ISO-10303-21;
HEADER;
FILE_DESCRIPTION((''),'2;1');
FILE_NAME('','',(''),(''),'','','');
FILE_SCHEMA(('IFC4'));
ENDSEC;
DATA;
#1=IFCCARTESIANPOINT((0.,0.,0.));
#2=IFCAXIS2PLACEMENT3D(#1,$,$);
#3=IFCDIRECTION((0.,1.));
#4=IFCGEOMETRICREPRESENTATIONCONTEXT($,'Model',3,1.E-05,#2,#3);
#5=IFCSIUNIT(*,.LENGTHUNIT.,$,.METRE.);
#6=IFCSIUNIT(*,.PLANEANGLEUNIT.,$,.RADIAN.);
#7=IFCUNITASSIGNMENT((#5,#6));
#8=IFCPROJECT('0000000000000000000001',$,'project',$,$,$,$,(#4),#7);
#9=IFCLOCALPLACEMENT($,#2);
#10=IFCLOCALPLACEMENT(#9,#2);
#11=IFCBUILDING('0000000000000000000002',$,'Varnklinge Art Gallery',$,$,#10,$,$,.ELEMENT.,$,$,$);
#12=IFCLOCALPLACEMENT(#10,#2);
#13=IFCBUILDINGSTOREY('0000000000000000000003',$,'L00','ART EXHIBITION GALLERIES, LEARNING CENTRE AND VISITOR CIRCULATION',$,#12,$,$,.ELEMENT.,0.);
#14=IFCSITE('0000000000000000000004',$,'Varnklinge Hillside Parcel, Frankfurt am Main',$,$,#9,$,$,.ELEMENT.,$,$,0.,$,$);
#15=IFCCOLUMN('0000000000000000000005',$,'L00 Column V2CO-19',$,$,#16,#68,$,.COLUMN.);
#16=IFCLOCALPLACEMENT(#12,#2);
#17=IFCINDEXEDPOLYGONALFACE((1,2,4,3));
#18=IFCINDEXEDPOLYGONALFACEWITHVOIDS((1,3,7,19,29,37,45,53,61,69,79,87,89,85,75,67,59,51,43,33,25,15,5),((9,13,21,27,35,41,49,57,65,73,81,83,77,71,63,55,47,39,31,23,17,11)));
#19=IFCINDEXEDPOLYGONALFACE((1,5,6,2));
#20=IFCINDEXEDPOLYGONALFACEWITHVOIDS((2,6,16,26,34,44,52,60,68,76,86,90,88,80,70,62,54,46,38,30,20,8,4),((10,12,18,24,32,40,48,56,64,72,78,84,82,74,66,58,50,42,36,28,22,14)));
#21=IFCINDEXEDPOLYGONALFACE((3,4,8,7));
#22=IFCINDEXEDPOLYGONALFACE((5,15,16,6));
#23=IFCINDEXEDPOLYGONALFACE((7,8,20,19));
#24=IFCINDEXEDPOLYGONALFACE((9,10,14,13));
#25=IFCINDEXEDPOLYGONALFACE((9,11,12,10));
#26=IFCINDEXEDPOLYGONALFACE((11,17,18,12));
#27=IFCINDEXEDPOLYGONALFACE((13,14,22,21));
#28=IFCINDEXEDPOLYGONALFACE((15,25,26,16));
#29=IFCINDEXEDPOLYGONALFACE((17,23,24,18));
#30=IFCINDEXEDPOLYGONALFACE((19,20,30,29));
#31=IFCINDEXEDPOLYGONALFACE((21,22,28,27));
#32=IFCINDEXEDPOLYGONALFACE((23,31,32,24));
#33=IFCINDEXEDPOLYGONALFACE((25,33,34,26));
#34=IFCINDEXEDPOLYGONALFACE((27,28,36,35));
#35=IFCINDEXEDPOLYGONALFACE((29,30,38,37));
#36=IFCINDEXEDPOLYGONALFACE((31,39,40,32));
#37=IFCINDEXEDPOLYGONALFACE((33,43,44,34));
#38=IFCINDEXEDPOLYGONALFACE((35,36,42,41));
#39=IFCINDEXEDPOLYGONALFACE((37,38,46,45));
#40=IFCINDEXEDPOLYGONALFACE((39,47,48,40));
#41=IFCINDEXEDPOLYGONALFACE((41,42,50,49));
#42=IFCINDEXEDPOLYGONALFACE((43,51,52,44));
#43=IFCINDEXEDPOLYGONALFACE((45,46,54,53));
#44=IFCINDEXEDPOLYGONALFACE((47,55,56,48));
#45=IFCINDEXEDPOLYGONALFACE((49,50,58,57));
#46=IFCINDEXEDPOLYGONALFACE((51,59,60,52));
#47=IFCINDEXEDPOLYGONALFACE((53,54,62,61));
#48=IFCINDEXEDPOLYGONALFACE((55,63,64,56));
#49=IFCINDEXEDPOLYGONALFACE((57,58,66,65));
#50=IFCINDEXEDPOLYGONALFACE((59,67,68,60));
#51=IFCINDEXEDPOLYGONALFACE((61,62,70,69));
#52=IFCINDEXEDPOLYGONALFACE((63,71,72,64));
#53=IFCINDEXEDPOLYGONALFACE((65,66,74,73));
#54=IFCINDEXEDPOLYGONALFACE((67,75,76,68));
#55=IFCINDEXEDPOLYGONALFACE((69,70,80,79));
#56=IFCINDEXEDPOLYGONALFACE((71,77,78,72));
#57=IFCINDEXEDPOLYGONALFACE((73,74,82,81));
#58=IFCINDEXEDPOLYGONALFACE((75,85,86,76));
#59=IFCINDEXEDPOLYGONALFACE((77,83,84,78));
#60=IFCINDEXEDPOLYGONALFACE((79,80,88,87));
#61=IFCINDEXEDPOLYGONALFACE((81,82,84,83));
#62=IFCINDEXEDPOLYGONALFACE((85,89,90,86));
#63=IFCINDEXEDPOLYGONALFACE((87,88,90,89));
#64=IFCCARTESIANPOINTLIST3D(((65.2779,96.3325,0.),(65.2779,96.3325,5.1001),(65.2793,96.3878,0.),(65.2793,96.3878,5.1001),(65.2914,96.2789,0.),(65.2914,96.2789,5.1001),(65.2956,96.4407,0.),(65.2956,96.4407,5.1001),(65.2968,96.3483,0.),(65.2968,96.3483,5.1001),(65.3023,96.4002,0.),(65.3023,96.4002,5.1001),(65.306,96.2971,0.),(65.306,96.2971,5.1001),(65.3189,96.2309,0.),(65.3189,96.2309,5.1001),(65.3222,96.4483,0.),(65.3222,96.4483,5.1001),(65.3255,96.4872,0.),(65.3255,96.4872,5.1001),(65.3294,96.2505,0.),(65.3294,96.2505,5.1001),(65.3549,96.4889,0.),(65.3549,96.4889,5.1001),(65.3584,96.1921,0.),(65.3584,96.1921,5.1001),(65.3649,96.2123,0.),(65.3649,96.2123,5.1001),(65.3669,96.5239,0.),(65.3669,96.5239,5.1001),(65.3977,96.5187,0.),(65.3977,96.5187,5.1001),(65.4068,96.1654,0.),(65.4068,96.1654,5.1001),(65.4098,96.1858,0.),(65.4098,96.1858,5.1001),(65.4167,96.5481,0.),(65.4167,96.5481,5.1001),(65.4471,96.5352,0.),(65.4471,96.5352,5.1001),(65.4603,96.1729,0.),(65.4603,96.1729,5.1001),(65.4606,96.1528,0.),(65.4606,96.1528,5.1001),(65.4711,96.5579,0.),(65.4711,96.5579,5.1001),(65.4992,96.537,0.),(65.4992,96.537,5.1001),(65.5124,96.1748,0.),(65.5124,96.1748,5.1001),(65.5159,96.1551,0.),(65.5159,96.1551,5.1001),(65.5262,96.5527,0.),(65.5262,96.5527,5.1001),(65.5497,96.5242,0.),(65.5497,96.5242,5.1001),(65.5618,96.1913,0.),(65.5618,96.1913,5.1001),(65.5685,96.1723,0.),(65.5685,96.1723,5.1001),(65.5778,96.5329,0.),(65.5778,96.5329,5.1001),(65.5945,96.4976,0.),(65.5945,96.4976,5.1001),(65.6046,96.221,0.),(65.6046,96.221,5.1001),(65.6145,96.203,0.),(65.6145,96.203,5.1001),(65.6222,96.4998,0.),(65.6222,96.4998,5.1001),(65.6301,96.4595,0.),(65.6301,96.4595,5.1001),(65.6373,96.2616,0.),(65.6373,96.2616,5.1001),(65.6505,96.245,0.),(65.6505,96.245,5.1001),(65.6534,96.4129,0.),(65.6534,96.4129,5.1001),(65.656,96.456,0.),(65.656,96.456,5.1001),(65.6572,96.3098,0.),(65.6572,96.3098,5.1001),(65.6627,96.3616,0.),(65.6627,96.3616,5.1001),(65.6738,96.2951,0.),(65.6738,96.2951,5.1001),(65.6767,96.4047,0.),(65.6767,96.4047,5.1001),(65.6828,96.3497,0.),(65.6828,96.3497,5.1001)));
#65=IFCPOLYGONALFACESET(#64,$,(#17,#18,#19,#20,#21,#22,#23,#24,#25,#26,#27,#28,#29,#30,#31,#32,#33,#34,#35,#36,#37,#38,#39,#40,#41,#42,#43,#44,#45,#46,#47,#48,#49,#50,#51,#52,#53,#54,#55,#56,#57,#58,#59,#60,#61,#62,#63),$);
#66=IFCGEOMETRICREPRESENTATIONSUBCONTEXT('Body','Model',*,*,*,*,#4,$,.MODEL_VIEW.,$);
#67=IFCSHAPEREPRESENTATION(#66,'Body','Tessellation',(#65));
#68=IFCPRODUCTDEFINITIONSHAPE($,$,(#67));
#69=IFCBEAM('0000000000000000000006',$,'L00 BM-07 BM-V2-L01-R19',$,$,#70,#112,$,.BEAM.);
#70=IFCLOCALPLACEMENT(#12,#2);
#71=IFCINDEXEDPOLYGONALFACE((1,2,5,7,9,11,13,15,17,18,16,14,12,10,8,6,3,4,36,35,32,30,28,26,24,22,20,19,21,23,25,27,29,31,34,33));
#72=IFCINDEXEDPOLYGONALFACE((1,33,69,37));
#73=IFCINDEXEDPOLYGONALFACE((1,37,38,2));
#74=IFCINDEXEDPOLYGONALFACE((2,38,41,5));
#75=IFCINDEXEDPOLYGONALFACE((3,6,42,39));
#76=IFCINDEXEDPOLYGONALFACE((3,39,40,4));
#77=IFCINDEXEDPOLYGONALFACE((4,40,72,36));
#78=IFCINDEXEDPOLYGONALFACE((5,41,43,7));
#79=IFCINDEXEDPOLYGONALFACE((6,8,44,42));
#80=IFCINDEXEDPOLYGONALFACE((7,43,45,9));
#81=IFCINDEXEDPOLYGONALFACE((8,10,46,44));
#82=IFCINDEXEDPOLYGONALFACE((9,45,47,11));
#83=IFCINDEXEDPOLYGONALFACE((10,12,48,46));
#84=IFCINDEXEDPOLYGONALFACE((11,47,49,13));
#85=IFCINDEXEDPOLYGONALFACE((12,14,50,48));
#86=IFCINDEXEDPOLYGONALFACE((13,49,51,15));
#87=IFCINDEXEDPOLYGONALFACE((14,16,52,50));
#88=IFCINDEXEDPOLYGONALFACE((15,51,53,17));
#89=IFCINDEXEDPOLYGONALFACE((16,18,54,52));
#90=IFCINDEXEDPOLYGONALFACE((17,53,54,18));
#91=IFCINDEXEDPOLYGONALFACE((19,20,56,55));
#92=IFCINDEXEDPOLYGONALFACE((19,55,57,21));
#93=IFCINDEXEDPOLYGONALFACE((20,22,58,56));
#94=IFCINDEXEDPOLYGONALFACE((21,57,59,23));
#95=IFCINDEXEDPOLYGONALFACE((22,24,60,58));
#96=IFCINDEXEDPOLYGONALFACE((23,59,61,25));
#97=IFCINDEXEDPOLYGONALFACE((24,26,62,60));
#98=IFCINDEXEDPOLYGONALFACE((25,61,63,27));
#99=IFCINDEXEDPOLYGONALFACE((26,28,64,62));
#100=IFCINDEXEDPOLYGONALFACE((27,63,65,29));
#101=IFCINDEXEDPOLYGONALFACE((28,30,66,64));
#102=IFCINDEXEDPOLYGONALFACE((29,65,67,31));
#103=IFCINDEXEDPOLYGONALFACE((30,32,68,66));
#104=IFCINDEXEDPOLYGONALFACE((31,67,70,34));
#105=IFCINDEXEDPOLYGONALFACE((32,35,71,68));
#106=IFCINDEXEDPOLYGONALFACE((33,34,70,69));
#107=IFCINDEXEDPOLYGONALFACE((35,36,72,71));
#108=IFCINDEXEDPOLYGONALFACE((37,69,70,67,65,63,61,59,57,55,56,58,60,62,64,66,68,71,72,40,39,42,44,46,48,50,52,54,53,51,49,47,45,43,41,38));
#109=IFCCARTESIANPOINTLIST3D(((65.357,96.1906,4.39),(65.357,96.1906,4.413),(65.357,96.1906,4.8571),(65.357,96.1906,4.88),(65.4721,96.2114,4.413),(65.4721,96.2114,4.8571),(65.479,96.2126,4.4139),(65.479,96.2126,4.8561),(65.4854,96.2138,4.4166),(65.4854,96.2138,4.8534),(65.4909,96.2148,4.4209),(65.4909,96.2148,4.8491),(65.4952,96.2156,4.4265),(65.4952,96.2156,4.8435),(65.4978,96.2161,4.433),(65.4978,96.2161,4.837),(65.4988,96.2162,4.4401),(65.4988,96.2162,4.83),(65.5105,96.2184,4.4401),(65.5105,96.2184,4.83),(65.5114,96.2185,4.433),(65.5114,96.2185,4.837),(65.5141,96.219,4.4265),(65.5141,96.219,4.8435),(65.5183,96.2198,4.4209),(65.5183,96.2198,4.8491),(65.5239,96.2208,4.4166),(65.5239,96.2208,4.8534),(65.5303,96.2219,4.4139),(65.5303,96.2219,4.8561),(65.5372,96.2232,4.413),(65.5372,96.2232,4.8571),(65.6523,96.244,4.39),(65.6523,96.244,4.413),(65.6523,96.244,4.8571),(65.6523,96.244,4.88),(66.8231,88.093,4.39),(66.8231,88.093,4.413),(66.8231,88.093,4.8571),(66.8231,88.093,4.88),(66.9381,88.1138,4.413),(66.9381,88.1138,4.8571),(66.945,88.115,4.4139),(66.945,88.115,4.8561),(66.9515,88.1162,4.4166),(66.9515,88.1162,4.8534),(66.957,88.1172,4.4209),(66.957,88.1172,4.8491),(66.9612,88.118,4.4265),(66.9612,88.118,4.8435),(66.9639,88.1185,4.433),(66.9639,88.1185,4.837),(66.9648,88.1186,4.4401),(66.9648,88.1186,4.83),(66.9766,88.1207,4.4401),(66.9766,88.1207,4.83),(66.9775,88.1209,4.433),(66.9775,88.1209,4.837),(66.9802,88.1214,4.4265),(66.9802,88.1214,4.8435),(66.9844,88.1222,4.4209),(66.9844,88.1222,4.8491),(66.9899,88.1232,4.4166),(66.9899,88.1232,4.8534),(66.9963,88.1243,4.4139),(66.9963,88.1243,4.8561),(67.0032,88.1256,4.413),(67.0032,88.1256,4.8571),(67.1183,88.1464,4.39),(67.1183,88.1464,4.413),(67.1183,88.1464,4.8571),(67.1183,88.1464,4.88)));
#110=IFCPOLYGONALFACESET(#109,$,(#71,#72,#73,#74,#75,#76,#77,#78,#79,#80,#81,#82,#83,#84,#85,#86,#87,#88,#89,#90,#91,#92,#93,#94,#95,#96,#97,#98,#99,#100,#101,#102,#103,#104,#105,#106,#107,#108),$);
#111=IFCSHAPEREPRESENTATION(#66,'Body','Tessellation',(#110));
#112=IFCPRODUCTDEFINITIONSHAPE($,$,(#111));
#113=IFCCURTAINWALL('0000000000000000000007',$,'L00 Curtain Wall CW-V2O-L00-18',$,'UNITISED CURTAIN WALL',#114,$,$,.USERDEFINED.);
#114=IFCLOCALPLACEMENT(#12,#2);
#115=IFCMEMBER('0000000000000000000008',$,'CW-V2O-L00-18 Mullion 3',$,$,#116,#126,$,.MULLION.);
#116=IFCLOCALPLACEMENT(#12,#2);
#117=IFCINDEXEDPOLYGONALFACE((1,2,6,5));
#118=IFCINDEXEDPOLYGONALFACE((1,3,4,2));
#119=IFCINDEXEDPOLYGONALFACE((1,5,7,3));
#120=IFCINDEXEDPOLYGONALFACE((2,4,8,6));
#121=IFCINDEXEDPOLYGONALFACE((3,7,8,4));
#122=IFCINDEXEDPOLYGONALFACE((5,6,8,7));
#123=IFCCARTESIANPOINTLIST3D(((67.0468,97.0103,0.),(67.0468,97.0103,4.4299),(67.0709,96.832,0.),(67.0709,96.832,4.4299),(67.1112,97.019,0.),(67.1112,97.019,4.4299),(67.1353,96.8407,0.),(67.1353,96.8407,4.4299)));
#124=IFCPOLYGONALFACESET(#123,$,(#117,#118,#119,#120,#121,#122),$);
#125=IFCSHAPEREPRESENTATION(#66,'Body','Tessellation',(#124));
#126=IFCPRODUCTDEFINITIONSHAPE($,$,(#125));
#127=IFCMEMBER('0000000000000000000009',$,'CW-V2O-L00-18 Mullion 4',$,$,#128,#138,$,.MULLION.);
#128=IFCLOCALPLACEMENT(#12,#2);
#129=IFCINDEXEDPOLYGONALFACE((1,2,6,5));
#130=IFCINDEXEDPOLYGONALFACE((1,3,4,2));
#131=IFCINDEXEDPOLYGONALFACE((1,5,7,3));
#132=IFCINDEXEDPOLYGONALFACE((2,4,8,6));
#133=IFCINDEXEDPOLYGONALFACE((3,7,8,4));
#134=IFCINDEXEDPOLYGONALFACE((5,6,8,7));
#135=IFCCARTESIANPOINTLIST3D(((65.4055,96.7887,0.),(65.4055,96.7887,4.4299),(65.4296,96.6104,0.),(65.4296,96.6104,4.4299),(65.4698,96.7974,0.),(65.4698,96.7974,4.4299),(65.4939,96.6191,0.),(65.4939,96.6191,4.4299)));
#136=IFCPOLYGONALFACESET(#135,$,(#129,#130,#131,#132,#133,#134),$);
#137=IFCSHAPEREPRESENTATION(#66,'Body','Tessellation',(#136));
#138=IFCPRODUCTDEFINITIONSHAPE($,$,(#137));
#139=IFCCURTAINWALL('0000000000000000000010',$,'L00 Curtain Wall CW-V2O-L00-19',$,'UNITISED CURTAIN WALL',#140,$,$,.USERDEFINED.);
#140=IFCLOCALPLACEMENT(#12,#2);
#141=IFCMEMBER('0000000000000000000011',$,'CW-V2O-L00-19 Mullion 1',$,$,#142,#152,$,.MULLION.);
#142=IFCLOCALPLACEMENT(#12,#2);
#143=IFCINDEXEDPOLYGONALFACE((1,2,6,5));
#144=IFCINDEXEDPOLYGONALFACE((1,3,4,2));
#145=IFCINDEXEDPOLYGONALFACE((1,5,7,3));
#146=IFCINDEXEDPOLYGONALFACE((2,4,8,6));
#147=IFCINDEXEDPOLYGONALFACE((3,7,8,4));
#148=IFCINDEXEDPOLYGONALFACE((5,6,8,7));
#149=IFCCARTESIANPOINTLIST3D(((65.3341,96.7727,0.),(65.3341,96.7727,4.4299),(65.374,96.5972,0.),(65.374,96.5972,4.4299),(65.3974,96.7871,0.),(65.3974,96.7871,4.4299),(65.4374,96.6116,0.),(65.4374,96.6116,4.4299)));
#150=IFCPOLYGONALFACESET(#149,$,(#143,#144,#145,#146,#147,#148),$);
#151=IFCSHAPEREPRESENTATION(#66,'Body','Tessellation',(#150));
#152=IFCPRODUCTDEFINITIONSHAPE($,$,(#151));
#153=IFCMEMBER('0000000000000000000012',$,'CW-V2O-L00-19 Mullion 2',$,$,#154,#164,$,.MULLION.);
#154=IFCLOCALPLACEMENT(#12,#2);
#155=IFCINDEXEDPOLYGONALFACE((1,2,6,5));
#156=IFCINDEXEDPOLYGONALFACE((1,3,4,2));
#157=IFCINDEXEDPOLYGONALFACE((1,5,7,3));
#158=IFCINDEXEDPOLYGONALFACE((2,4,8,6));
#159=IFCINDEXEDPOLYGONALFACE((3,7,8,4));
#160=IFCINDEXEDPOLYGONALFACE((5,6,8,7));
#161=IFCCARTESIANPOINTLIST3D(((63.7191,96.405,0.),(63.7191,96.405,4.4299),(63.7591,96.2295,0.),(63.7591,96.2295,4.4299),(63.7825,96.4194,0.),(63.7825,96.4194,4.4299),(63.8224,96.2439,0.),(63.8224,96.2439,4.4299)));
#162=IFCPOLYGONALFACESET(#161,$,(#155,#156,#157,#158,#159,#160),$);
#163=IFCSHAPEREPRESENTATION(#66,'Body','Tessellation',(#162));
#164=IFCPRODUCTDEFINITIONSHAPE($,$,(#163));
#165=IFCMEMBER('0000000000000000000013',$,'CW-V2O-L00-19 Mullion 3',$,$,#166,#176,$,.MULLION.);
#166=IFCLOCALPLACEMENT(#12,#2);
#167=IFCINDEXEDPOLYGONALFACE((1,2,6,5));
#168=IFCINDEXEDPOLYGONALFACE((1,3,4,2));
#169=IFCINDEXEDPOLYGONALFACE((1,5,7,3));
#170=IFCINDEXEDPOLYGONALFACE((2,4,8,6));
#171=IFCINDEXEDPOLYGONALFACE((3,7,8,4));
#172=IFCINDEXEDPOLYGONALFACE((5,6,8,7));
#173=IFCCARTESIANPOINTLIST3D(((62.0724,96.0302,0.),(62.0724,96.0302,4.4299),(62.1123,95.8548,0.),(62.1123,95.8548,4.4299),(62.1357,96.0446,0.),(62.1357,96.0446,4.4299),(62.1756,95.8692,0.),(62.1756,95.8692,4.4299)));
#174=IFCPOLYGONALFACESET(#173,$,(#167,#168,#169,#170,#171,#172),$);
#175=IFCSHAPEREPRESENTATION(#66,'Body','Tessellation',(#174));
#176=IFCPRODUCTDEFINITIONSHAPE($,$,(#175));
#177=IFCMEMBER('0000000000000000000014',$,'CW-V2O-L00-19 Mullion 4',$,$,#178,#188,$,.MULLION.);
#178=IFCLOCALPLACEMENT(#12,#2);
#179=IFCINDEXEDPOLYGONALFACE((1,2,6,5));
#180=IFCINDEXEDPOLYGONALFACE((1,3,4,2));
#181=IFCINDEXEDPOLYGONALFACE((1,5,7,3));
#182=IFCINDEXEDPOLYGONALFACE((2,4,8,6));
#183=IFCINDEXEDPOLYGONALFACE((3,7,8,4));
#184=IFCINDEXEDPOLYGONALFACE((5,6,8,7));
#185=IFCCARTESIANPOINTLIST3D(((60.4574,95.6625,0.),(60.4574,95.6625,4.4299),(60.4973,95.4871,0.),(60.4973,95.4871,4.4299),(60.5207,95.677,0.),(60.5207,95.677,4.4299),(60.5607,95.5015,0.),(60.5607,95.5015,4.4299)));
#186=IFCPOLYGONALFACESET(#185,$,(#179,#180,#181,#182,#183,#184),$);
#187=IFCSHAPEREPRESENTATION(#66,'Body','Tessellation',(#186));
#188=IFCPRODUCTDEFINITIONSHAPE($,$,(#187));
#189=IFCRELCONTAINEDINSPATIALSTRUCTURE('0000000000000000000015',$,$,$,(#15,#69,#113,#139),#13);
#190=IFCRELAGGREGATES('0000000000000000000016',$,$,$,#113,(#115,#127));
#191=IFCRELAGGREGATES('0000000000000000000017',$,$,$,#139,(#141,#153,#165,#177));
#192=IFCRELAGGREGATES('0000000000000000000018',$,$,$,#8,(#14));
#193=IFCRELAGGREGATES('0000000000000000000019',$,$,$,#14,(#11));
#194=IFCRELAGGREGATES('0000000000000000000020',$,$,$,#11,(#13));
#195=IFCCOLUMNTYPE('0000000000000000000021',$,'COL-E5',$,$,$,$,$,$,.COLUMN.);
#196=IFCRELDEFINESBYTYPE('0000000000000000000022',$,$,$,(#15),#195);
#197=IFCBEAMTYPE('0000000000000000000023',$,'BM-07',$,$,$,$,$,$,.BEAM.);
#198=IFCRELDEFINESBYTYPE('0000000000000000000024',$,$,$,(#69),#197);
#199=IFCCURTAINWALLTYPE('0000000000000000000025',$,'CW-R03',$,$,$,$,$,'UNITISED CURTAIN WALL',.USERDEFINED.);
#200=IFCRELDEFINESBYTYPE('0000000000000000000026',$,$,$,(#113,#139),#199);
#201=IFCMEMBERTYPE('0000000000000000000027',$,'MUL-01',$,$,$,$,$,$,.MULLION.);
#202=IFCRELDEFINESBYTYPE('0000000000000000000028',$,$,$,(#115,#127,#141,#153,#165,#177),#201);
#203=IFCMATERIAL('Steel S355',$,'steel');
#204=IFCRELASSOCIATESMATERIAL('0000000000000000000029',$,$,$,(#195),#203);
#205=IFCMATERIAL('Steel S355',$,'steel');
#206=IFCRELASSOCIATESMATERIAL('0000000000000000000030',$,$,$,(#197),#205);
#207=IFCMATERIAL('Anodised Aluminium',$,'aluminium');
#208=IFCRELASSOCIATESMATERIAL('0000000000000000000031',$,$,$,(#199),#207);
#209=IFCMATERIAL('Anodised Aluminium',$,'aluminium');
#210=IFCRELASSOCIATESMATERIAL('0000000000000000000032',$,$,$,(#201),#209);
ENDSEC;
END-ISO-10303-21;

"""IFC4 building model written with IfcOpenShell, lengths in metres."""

from ifc_helpers import new_model, si_unit, direction, frame, origin, origin_2d, place, context, subcontext, project, spatial, rectangle, hollow_circle, i_section, extrude, material, material_profile, profile_set, type_object, element, aggregate, save


model = new_model("IFC4")

# Units and contexts
model_context = context("Model", 3, precision=1e-05, world=origin(), true_north=direction((0.0, 1.0)))
body_context = subcontext(model_context, "Body", "Model", "MODEL_VIEW")
ifc_project = project(units=[si_unit("LENGTHUNIT", "METRE"), si_unit("PLANEANGLEUNIT", "RADIAN")], contexts=[model_context])

# Site, building, storey
site_placement = place(None, origin())
site = spatial("IfcSite", under=ifc_project, at=site_placement, Name="Varnklinge Hillside Parcel, Frankfurt am Main", CompositionType="ELEMENT", RefElevation=0.0)
building_placement = place(site_placement, origin())
building = spatial("IfcBuilding", under=site, at=building_placement, Name="Varnklinge Art Gallery", CompositionType="ELEMENT")
storey_placement = place(building_placement, origin())
storey = spatial("IfcBuildingStorey", under=building, at=storey_placement, Name="L00", Description="ART EXHIBITION GALLERIES, LEARNING CENTRE AND VISITOR CIRCULATION", CompositionType="ELEMENT", Elevation=0.0)

# Column
ifc_material_1 = material(Name="Steel S355", Category="steel")
ifc_material_profile_1 = material_profile(ifc_material_1, hollow_circle(Radius=0.2031, WallThickness=0.02, at=origin_2d()), Name="CHS 406.4x20")
ifc_profile_set_1 = profile_set([ifc_material_profile_1], Name="Steel S355")
column_type = type_object("IfcColumnType", Name="COL-E5", PredefinedType="COLUMN", material=ifc_profile_set_1)
column_placement = place(storey_placement, frame((65.4797, 96.355, 0.0), z_axis=(0.0, 0.0, 1.0), x_axis=(0.178115, -0.98401, 0.0)))
element("IfcColumn", 1, at=column_placement, inside=storey, type_object=column_type, Name="L00 Column V2CO-19", PredefinedType="COLUMN", context=body_context, shape_type="SweptSolid", body=[
    extrude(hollow_circle(Radius=0.2031, WallThickness=0.02, at=origin_2d()), origin(), (0.0, 0.0, 1.0), 5.1001),
])

# Beam
ifc_material_2 = material(Name="Steel S355", Category="steel")
ifc_material_profile_2 = material_profile(ifc_material_2, i_section(OverallWidth=0.3, OverallDepth=0.49, WebThickness=0.012, FlangeThickness=0.0229, FilletRadius=0.0271, at=origin_2d()), Name="HEA 500")
ifc_profile_set_2 = profile_set([ifc_material_profile_2], Name="Steel S355")
beam_type_1 = type_object("IfcBeamType", Name="BM-07", PredefinedType="BEAM", material=ifc_profile_set_2)
beam_1_placement = place(storey_placement, frame((65.5046, 96.2173, 4.635), z_axis=(0.178152, -0.984003, 0.0), x_axis=(0.984003, 0.178152, 0.0)))
element("IfcBeam", 2, at=beam_1_placement, inside=storey, type_object=beam_type_1, Name="L00 BM-07 BM-V2-L01-R19", PredefinedType="BEAM", context=body_context, shape_type="SweptSolid", body=[
    extrude(i_section(OverallWidth=0.3, OverallDepth=0.49, WebThickness=0.012, FlangeThickness=0.0229, FilletRadius=0.0271, at=origin_2d()), origin(), (0.0, 0.0, 1.0), 8.2292),
])

# Curtain walls, members
ifc_material_3 = material(Name="Anodised Aluminium", Category="aluminium")
curtain_wall_type = type_object("IfcCurtainWallType", Name="CW-R03", ElementType="UNITISED CURTAIN WALL", PredefinedType="USERDEFINED", material=ifc_material_3)
curtain_wall_1_placement = place(storey_placement, origin())
curtain_wall_1 = element("IfcCurtainWall", 3, at=curtain_wall_1_placement, inside=storey, type_object=curtain_wall_type, Name="L00 Curtain Wall CW-V2O-L00-18", ObjectType="UNITISED CURTAIN WALL", PredefinedType="USERDEFINED")
ifc_material_4 = material(Name="Anodised Aluminium", Category="aluminium")
ifc_material_profile_3 = material_profile(ifc_material_4, rectangle(XDim=0.0649, YDim=0.1799, at=origin_2d()), Name="ALU 65x180")
ifc_profile_set_3 = profile_set([ifc_material_profile_3], Name="Anodised Aluminium")
member_type_1 = type_object("IfcMemberType", Name="MUL-01", PredefinedType="MULLION", material=ifc_profile_set_3)
member_1_placement = place(storey_placement, frame((67.0911, 96.9255, 0.0), z_axis=(0.0, 0.0, 1.0), x_axis=(-0.990983, -0.133986, 0.0)))
member_1 = element("IfcMember", 4, at=member_1_placement, type_object=member_type_1, Name="CW-V2O-L00-18 Mullion 3", PredefinedType="MULLION", context=body_context, shape_type="SweptSolid", body=[
    extrude(rectangle(XDim=0.0649, YDim=0.1799, at=origin_2d()), origin(), (0.0, 0.0, 1.0), 4.4299),
])
member_2_placement = place(storey_placement, frame((65.4497, 96.7039, 0.0), z_axis=(0.0, 0.0, 1.0), x_axis=(-0.990983, -0.133986, 0.0)))
member_2 = element("IfcMember", 5, at=member_2_placement, type_object=member_type_1, Name="CW-V2O-L00-18 Mullion 4", PredefinedType="MULLION", context=body_context, shape_type="SweptSolid", body=[
    extrude(rectangle(XDim=0.0649, YDim=0.1799, at=origin_2d()), origin(), (0.0, 0.0, 1.0), 4.4299),
])
curtain_wall_2_placement = place(storey_placement, origin())
curtain_wall_2 = element("IfcCurtainWall", 6, at=curtain_wall_2_placement, inside=storey, type_object=curtain_wall_type, Name="L00 Curtain Wall CW-V2O-L00-19", ObjectType="UNITISED CURTAIN WALL", PredefinedType="USERDEFINED")
member_3_placement = place(storey_placement, frame((65.3857, 96.6921, 0.0), z_axis=(0.0, 0.0, 1.0), x_axis=(-0.975072, -0.221889, 0.0)))
member_3 = element("IfcMember", 7, at=member_3_placement, type_object=member_type_1, Name="CW-V2O-L00-19 Mullion 1", PredefinedType="MULLION", context=body_context, shape_type="SweptSolid", body=[
    extrude(rectangle(XDim=0.0649, YDim=0.1799, at=origin_2d()), origin(), (0.0, 0.0, 1.0), 4.4299),
])
member_4_placement = place(storey_placement, frame((63.7708, 96.3245, 0.0), z_axis=(0.0, 0.0, 1.0), x_axis=(-0.975072, -0.221889, 0.0)))
member_4 = element("IfcMember", 8, at=member_4_placement, type_object=member_type_1, Name="CW-V2O-L00-19 Mullion 2", PredefinedType="MULLION", context=body_context, shape_type="SweptSolid", body=[
    extrude(rectangle(XDim=0.0649, YDim=0.1799, at=origin_2d()), origin(), (0.0, 0.0, 1.0), 4.4299),
])
member_5_placement = place(storey_placement, frame((62.124, 95.9497, 0.0), z_axis=(0.0, 0.0, 1.0), x_axis=(-0.975072, -0.221889, 0.0)))
member_5 = element("IfcMember", 9, at=member_5_placement, type_object=member_type_1, Name="CW-V2O-L00-19 Mullion 3", PredefinedType="MULLION", context=body_context, shape_type="SweptSolid", body=[
    extrude(rectangle(XDim=0.0649, YDim=0.1799, at=origin_2d()), origin(), (0.0, 0.0, 1.0), 4.4299),
])
member_6_placement = place(storey_placement, frame((60.509, 95.582, 0.0), z_axis=(0.0, 0.0, 1.0), x_axis=(-0.975072, -0.221889, 0.0)))
member_6 = element("IfcMember", 10, at=member_6_placement, type_object=member_type_1, Name="CW-V2O-L00-19 Mullion 4", PredefinedType="MULLION", context=body_context, shape_type="SweptSolid", body=[
    extrude(rectangle(XDim=0.0649, YDim=0.1799, at=origin_2d()), origin(), (0.0, 0.0, 1.0), 4.4299),
])

aggregate(curtain_wall_1, [member_1, member_2])
aggregate(curtain_wall_2, [member_3, member_4, member_5, member_6])

save(model, "model.ifc")
